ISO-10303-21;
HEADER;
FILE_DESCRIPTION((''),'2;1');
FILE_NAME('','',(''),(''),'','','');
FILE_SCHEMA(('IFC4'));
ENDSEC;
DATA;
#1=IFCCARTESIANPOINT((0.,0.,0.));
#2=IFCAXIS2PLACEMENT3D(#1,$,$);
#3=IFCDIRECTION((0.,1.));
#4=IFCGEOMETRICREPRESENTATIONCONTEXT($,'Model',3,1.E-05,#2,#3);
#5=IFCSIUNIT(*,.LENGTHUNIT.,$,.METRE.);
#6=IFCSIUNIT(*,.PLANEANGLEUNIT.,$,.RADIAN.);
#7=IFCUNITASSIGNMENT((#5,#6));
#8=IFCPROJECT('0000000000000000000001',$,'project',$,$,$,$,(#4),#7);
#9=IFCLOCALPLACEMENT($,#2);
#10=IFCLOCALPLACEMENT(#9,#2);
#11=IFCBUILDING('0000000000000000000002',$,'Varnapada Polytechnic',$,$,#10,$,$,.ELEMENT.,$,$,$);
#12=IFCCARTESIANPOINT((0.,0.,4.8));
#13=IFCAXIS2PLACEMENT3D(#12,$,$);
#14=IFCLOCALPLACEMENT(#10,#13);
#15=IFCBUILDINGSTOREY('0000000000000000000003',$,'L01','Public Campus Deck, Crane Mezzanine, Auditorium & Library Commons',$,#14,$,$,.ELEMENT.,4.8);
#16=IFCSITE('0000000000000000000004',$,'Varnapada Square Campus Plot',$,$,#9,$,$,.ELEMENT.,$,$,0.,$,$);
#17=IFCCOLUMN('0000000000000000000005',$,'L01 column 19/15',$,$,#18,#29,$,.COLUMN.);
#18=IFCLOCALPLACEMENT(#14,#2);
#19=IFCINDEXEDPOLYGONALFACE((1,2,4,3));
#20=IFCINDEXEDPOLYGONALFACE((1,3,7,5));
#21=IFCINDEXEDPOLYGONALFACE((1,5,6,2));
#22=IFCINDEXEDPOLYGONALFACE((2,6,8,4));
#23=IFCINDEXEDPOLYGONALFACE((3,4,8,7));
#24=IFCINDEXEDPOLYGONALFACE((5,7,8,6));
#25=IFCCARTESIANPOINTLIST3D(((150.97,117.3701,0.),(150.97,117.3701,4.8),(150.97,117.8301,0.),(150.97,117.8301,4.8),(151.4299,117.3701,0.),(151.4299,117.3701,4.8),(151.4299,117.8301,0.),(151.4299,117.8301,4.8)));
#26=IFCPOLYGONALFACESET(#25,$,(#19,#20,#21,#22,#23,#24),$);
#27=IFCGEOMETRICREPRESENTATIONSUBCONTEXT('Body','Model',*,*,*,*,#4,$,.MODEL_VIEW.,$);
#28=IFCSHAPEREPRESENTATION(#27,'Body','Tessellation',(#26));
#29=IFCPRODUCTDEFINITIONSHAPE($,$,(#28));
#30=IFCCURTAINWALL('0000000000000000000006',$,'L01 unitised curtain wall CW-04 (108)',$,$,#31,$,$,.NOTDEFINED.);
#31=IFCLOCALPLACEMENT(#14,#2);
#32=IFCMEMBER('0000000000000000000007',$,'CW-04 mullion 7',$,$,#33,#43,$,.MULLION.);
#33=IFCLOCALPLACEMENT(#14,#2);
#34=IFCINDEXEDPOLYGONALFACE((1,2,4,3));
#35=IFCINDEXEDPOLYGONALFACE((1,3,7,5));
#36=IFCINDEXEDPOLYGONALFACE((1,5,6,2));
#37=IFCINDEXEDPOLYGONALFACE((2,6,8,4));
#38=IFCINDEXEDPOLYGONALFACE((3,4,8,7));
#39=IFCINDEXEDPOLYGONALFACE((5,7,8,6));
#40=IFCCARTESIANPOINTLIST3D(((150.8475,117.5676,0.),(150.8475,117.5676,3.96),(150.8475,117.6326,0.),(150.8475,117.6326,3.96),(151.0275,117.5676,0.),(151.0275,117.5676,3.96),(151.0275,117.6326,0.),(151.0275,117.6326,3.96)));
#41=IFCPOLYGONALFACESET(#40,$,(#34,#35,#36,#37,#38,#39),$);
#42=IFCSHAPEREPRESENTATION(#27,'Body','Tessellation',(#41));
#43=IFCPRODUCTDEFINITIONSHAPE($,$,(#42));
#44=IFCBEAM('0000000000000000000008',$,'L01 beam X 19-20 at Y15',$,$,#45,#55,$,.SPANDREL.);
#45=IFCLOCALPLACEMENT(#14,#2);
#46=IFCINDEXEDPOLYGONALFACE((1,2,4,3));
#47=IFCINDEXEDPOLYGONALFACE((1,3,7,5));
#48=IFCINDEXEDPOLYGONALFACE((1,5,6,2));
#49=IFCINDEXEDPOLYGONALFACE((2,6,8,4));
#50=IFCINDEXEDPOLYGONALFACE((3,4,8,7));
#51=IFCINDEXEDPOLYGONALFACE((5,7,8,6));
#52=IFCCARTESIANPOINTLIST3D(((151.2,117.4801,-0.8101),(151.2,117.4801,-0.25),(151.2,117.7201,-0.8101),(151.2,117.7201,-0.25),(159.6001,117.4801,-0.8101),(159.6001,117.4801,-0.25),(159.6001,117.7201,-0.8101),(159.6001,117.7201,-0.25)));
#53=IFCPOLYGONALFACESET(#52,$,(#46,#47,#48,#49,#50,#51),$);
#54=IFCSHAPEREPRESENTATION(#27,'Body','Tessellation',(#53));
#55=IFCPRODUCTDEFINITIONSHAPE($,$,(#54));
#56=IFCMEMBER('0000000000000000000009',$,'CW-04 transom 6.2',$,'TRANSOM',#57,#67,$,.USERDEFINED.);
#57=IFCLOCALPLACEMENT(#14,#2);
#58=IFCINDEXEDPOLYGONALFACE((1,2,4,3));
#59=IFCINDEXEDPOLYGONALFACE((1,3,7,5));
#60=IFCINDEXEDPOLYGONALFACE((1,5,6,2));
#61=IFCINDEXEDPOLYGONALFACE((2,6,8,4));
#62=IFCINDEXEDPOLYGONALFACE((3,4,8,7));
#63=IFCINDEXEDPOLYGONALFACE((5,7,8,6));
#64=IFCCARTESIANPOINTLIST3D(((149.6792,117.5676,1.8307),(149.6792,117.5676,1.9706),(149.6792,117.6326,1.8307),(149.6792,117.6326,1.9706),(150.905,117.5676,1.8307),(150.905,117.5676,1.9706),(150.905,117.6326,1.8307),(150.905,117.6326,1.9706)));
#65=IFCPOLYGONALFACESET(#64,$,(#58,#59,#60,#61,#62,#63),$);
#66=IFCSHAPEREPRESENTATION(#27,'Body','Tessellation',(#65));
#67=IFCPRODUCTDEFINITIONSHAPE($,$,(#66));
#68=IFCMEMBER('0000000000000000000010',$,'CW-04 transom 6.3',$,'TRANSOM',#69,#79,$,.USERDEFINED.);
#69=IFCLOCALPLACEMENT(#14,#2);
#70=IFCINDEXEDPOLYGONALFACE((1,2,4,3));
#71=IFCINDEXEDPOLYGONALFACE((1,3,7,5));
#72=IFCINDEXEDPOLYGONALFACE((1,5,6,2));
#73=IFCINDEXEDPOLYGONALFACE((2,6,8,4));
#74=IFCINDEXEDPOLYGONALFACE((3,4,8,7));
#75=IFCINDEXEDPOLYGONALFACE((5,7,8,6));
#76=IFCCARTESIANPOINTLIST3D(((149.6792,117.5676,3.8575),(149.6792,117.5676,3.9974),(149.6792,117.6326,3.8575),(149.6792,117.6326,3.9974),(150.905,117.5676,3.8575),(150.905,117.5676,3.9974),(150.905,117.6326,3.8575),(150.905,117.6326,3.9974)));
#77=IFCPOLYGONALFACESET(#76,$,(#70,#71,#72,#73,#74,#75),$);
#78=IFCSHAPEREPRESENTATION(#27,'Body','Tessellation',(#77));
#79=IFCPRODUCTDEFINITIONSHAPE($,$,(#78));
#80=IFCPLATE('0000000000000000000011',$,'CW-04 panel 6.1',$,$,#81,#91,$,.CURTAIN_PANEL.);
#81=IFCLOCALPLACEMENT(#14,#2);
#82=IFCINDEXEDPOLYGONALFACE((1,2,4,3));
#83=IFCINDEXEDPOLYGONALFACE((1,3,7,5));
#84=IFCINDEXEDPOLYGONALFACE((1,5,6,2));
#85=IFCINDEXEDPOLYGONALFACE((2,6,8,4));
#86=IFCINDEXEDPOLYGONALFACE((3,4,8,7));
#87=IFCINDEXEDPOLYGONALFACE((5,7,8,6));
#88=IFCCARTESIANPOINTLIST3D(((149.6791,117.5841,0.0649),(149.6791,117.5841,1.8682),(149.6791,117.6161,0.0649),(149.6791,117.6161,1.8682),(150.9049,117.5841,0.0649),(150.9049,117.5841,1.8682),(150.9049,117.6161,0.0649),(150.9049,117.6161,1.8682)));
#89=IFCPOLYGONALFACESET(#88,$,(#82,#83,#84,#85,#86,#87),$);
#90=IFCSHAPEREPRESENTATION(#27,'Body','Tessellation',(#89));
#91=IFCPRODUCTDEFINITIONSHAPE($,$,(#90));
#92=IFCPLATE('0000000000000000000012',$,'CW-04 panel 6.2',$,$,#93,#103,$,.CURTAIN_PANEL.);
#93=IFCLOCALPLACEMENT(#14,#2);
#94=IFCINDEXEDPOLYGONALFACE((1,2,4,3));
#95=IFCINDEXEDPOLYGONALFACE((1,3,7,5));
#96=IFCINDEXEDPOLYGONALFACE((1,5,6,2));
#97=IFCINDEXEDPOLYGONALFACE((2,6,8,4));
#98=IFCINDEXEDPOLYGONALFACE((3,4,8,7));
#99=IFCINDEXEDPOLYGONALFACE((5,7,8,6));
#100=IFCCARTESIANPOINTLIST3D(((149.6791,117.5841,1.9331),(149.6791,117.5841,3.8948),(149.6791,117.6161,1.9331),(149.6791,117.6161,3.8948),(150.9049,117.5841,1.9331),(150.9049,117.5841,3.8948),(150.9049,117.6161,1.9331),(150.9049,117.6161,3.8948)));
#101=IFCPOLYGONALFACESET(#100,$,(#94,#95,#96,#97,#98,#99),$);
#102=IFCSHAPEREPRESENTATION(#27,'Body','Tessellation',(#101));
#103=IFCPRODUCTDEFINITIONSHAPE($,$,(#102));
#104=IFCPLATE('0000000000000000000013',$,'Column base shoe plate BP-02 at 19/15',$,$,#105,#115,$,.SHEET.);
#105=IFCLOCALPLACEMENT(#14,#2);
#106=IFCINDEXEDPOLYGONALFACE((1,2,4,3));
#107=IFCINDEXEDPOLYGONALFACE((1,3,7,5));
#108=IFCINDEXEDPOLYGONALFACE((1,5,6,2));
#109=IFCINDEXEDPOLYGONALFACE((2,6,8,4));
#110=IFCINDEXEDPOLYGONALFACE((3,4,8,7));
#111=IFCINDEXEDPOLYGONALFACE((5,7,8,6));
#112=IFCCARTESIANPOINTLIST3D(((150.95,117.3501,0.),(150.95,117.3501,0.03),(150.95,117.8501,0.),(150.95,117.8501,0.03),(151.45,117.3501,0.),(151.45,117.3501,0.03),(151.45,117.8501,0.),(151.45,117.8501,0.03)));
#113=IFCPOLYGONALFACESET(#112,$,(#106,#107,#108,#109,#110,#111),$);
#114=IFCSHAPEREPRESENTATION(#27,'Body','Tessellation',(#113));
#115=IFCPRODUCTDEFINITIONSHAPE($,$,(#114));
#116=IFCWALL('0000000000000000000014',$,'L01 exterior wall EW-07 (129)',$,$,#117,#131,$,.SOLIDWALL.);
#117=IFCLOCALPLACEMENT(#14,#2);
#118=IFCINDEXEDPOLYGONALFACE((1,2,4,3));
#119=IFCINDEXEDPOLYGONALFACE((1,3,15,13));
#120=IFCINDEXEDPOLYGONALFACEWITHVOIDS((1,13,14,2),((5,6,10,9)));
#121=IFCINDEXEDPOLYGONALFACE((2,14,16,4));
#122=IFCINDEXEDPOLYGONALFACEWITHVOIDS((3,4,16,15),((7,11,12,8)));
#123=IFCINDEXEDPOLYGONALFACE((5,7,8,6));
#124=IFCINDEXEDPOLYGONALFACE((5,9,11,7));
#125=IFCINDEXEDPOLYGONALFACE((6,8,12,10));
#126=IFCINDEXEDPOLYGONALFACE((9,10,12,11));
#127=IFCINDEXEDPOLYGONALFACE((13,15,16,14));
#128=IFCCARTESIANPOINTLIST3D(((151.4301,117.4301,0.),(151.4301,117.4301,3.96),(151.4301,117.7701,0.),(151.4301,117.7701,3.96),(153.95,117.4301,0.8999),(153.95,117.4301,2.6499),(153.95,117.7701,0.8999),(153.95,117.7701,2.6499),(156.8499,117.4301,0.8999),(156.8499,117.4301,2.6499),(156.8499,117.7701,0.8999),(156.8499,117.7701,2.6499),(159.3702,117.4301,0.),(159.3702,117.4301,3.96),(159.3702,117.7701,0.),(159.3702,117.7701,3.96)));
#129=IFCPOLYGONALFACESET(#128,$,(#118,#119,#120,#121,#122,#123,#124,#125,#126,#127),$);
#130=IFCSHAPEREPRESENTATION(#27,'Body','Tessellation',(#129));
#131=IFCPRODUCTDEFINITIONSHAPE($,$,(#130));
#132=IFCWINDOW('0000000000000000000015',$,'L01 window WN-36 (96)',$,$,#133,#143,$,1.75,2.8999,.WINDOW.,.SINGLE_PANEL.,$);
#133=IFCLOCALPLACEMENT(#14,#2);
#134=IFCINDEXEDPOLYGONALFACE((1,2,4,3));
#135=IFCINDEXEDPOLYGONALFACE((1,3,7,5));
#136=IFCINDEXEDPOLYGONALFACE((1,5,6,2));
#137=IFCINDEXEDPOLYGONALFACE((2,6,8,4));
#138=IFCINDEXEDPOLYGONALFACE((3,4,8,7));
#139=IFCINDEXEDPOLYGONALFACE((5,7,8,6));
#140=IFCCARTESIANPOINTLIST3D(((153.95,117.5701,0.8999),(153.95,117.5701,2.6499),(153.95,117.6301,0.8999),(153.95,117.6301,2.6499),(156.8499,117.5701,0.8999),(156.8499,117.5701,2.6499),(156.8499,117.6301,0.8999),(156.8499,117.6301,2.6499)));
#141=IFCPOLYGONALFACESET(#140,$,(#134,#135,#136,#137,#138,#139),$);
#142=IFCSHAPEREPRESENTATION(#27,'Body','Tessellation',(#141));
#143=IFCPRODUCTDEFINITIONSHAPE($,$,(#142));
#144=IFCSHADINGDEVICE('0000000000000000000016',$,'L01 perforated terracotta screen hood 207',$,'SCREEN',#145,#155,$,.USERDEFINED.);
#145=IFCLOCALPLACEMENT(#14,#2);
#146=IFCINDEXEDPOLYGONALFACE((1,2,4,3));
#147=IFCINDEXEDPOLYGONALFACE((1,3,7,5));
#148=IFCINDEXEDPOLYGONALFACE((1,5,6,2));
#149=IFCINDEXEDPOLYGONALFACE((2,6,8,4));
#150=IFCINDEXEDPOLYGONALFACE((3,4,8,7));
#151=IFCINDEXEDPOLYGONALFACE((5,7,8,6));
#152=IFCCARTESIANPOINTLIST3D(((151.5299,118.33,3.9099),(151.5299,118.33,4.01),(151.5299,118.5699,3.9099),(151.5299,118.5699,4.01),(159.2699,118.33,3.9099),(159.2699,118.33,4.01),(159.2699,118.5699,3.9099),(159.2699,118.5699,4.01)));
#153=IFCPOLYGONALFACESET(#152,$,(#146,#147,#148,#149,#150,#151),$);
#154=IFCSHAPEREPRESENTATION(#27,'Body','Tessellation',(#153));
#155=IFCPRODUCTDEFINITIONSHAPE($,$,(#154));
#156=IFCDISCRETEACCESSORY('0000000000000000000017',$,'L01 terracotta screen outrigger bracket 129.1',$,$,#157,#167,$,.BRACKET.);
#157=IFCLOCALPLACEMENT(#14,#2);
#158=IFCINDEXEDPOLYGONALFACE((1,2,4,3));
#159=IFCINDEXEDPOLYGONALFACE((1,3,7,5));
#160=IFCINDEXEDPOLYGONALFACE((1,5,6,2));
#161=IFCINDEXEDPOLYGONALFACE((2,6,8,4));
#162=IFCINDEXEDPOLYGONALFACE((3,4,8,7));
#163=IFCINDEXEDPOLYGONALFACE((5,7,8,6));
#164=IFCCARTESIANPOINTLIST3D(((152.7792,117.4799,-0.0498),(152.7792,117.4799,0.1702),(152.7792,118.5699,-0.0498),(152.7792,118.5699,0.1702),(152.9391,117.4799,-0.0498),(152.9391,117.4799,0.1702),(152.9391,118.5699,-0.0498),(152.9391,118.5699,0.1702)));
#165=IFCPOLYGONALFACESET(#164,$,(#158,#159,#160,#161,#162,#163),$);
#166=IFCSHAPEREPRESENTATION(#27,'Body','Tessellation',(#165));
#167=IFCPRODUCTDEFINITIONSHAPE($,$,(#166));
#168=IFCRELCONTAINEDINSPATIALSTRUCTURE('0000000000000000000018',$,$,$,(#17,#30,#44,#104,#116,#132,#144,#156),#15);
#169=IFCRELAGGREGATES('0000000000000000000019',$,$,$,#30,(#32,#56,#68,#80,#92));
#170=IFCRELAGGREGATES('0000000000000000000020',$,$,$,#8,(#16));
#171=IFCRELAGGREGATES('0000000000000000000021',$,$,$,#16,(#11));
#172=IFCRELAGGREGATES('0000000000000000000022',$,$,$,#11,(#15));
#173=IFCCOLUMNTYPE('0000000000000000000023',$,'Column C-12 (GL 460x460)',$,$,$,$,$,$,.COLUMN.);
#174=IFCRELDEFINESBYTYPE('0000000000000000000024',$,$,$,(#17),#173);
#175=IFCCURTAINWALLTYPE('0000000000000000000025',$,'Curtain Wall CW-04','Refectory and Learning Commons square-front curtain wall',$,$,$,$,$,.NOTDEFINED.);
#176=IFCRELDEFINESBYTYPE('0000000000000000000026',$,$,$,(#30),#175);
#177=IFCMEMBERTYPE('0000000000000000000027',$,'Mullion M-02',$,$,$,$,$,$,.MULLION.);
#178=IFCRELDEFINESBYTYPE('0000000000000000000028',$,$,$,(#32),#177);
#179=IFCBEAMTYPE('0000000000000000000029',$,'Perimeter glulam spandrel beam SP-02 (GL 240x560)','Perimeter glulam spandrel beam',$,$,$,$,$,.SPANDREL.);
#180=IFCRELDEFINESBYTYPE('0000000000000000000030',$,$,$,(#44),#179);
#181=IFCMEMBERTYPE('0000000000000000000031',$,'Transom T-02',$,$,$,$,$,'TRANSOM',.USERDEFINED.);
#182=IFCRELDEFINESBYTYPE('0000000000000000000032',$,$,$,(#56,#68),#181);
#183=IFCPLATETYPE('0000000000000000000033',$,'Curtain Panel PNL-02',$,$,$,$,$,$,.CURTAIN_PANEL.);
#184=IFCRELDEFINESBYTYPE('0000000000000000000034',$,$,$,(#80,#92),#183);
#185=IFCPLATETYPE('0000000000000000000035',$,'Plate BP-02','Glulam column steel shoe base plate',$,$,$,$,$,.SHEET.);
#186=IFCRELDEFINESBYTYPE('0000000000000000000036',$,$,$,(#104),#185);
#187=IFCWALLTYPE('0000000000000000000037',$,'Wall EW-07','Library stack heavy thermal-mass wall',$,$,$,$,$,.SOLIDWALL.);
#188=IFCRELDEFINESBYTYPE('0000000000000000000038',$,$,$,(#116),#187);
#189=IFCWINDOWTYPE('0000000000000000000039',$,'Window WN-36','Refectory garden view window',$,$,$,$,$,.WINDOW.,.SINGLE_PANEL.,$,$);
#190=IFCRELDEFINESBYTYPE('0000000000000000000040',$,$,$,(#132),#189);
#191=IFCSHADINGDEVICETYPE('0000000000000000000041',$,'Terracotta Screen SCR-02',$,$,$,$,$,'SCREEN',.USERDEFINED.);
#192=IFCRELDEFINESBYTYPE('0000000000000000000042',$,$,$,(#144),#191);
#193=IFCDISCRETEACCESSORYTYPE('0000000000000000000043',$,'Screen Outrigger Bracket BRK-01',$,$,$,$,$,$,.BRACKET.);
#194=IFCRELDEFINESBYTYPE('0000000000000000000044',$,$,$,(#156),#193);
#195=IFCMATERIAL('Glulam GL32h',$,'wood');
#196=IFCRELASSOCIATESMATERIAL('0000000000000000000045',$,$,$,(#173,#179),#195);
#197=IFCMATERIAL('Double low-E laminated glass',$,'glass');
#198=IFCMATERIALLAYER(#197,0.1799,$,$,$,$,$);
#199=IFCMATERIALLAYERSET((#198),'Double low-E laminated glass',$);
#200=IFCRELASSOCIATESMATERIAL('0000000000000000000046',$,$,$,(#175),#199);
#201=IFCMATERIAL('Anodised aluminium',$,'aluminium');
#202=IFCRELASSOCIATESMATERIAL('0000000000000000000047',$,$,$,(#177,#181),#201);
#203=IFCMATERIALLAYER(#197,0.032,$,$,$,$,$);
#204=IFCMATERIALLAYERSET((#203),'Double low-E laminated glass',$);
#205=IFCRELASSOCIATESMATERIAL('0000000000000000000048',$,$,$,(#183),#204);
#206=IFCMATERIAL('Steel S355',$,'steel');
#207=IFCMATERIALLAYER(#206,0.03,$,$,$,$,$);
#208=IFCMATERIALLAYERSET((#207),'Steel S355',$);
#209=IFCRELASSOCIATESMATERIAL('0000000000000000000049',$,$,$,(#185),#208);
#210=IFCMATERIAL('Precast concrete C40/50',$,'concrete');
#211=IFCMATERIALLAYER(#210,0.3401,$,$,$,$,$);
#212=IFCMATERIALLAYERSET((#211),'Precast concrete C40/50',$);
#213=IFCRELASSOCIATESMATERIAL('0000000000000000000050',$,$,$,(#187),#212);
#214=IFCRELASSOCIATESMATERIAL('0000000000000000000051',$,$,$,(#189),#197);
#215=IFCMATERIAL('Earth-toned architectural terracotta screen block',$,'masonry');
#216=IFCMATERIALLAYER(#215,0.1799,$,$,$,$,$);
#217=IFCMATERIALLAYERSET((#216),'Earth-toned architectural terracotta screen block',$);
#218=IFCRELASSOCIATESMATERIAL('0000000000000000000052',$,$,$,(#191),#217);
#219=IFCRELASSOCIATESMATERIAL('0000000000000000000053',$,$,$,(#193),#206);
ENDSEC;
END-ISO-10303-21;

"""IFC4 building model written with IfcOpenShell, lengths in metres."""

from ifc_helpers import new_model, si_unit, direction, frame, frame_2d, origin, origin_2d, place, context, subcontext, project, spatial, rectangle, extrude, material, layer, layer_set, material_profile, profile_set, type_object, element, fill, aggregate, save


model = new_model("IFC4")

# Units and contexts
model_context = context("Model", 3, precision=1e-05, world=origin(), true_north=direction((0.0, 1.0)))
body_context = subcontext(model_context, "Body", "Model", "MODEL_VIEW")
ifc_project = project(units=[si_unit("LENGTHUNIT", "METRE"), si_unit("PLANEANGLEUNIT", "RADIAN")], contexts=[model_context])

# Site, building, storey
site_placement = place(None, origin())
site = spatial("IfcSite", under=ifc_project, at=site_placement, Name="Varnapada Square Campus Plot", CompositionType="ELEMENT", RefElevation=0.0)
building_placement = place(site_placement, origin())
building = spatial("IfcBuilding", under=site, at=building_placement, Name="Varnapada Polytechnic", CompositionType="ELEMENT")
storey_placement = place(building_placement, frame((0.0, 0.0, 4.8)))
storey = spatial("IfcBuildingStorey", under=building, at=storey_placement, Name="L01", Description="Public Campus Deck, Crane Mezzanine, Auditorium & Library Commons", CompositionType="ELEMENT", Elevation=4.8)

# Column
ifc_material_1 = material(Name="Glulam GL32h", Category="wood")
ifc_material_profile_1 = material_profile(ifc_material_1, rectangle(XDim=0.46, YDim=0.46, at=origin_2d()), Name="GL 460x460")
ifc_profile_set_1 = profile_set([ifc_material_profile_1], Name="Glulam GL32h")
column_type = type_object("IfcColumnType", Name="Column C-12 (GL 460x460)", PredefinedType="COLUMN", material=ifc_profile_set_1)
column_placement = place(storey_placement, frame((151.2, 117.6001, 0.0), z_axis=(0.0, 0.0, 1.0), x_axis=(1.0, 0.0, 0.0)))
element("IfcColumn", 1, at=column_placement, inside=storey, type_object=column_type, Name="L01 column 19/15", PredefinedType="COLUMN", context=body_context, shape_type="SweptSolid", body=[
    extrude(rectangle(XDim=0.46, YDim=0.46, at=origin_2d()), origin(), (0.0, 0.0, 1.0), 4.8),
])

# Curtain wall, member
ifc_material_2 = material(Name="Double low-E laminated glass", Category="glass")
ifc_layer_1 = layer(ifc_material_2, 0.1799)
ifc_layer_set_1 = layer_set([ifc_layer_1], Name="Double low-E laminated glass")
curtain_wall_type = type_object("IfcCurtainWallType", Name="Curtain Wall CW-04", Description="Refectory and Learning Commons square-front curtain wall", PredefinedType="NOTDEFINED", material=ifc_layer_set_1)
curtain_wall_placement = place(storey_placement, origin())
curtain_wall = element("IfcCurtainWall", 2, at=curtain_wall_placement, inside=storey, type_object=curtain_wall_type, Name="L01 unitised curtain wall CW-04 (108)", PredefinedType="NOTDEFINED")
ifc_material_3 = material(Name="Anodised aluminium", Category="aluminium")
ifc_material_profile_2 = material_profile(ifc_material_3, rectangle(XDim=0.0649, YDim=0.1799, at=origin_2d()), Name="ALU M65x180")
ifc_profile_set_2 = profile_set([ifc_material_profile_2], Name="Anodised aluminium")
member_type_1 = type_object("IfcMemberType", Name="Mullion M-02", PredefinedType="MULLION", material=ifc_profile_set_2)
member_1_placement = place(storey_placement, frame((150.9375, 117.6001, 0.0), z_axis=(0.0, 0.0, 1.0), x_axis=(0.0, 1.0, 0.0)))
member_1 = element("IfcMember", 3, at=member_1_placement, type_object=member_type_1, Name="CW-04 mullion 7", PredefinedType="MULLION", context=body_context, shape_type="SweptSolid", body=[
    extrude(rectangle(XDim=0.0649, YDim=0.1799, at=origin_2d()), origin(), (0.0, 0.0, 1.0), 3.96),
])

# Beam
ifc_material_profile_3 = material_profile(ifc_material_1, rectangle(XDim=0.24, YDim=0.5601, at=origin_2d()), Name="GL 240x560")
ifc_profile_set_3 = profile_set([ifc_material_profile_3], Name="Glulam GL32h")
beam_type = type_object("IfcBeamType", Name="Perimeter glulam spandrel beam SP-02 (GL 240x560)", Description="Perimeter glulam spandrel beam", PredefinedType="SPANDREL", material=ifc_profile_set_3)
beam_placement = place(storey_placement, frame((151.2, 117.6001, -0.53), z_axis=(1.0, 0.0, 0.0), x_axis=(0.0, 1.0, 0.0)))
element("IfcBeam", 4, at=beam_placement, inside=storey, type_object=beam_type, Name="L01 beam X 19-20 at Y15", PredefinedType="SPANDREL", context=body_context, shape_type="SweptSolid", body=[
    extrude(rectangle(XDim=0.24, YDim=0.5601, at=origin_2d()), origin(), (0.0, 0.0, 1.0), 8.4001),
])

# Members
ifc_material_profile_4 = material_profile(ifc_material_3, rectangle(XDim=0.0649, YDim=0.1399, at=origin_2d()), Name="ALU T65x140")
ifc_profile_set_4 = profile_set([ifc_material_profile_4], Name="Anodised aluminium")
member_type_2 = type_object("IfcMemberType", Name="Transom T-02", ElementType="TRANSOM", PredefinedType="USERDEFINED", material=ifc_profile_set_4)
member_2_placement = place(storey_placement, frame((149.6792, 117.6001, 1.9006), z_axis=(1.0, 0.0, 0.0), x_axis=(0.0, 1.0, 0.0)))
member_2 = element("IfcMember", 5, at=member_2_placement, type_object=member_type_2, Name="CW-04 transom 6.2", ObjectType="TRANSOM", PredefinedType="USERDEFINED", context=body_context, shape_type="SweptSolid", body=[
    extrude(rectangle(XDim=0.0649, YDim=0.1399, at=origin_2d()), origin(), (0.0, 0.0, 1.0), 1.2258),
])
member_3_placement = place(storey_placement, frame((149.6792, 117.6001, 3.9275), z_axis=(1.0, 0.0, 0.0), x_axis=(0.0, 1.0, 0.0)))
member_3 = element("IfcMember", 6, at=member_3_placement, type_object=member_type_2, Name="CW-04 transom 6.3", ObjectType="TRANSOM", PredefinedType="USERDEFINED", context=body_context, shape_type="SweptSolid", body=[
    extrude(rectangle(XDim=0.0649, YDim=0.1399, at=origin_2d()), origin(), (0.0, 0.0, 1.0), 1.2258),
])

# Plates
ifc_layer_2 = layer(ifc_material_2, 0.032)
ifc_layer_set_2 = layer_set([ifc_layer_2], Name="Double low-E laminated glass")
plate_type_1 = type_object("IfcPlateType", Name="Curtain Panel PNL-02", PredefinedType="CURTAIN_PANEL", material=ifc_layer_set_2)
plate_1_placement = place(storey_placement, frame((150.292, 117.6001, 0.0649), z_axis=(0.0, 0.0, 1.0), x_axis=(1.0, 0.0, 0.0)))
plate_1 = element("IfcPlate", 7, at=plate_1_placement, type_object=plate_type_1, Name="CW-04 panel 6.1", PredefinedType="CURTAIN_PANEL", context=body_context, shape_type="SweptSolid", body=[
    extrude(rectangle(XDim=1.2258, YDim=0.032, at=origin_2d()), origin(), (0.0, 0.0, 1.0), 1.8032),
])
plate_2_placement = place(storey_placement, frame((150.292, 117.6001, 1.9331), z_axis=(0.0, 0.0, 1.0), x_axis=(1.0, 0.0, 0.0)))
plate_2 = element("IfcPlate", 8, at=plate_2_placement, type_object=plate_type_1, Name="CW-04 panel 6.2", PredefinedType="CURTAIN_PANEL", context=body_context, shape_type="SweptSolid", body=[
    extrude(rectangle(XDim=1.2258, YDim=0.032, at=origin_2d()), origin(), (0.0, 0.0, 1.0), 1.9617),
])
aggregate(curtain_wall, [member_1, member_2, member_3, plate_1, plate_2])
ifc_material_4 = material(Name="Steel S355", Category="steel")
ifc_layer_3 = layer(ifc_material_4, 0.03)
ifc_layer_set_3 = layer_set([ifc_layer_3], Name="Steel S355")
plate_type_2 = type_object("IfcPlateType", Name="Plate BP-02", Description="Glulam column steel shoe base plate", PredefinedType="SHEET", material=ifc_layer_set_3)
plate_3_placement = place(storey_placement, frame((151.2, 117.6001, 0.0), z_axis=(0.0, 0.0, 1.0), x_axis=(1.0, 0.0, 0.0)))
element("IfcPlate", 9, at=plate_3_placement, inside=storey, type_object=plate_type_2, Name="Column base shoe plate BP-02 at 19/15", PredefinedType="SHEET", context=body_context, shape_type="SweptSolid", body=[
    extrude(rectangle(XDim=0.5, YDim=0.5, at=origin_2d()), origin(), (0.0, 0.0, 1.0), 0.03),
])

# Wall, opening, window
ifc_material_5 = material(Name="Precast concrete C40/50", Category="concrete")
ifc_layer_4 = layer(ifc_material_5, 0.3401)
ifc_layer_set_4 = layer_set([ifc_layer_4], Name="Precast concrete C40/50")
wall_type = type_object("IfcWallType", Name="Wall EW-07", Description="Library stack heavy thermal-mass wall", PredefinedType="SOLIDWALL", material=ifc_layer_set_4)
wall_placement = place(storey_placement, frame((151.4299, 117.6001, 0.0), z_axis=(0.0, 0.0, 1.0), x_axis=(1.0, 0.0, 0.0)))
wall = element("IfcWall", 10, at=wall_placement, inside=storey, type_object=wall_type, Name="L01 exterior wall EW-07 (129)", PredefinedType="SOLIDWALL", context=body_context, shape_type="SweptSolid", body=[
    extrude(rectangle(XDim=7.9402, YDim=0.3401, at=frame_2d((3.9702, 0.0))), origin(), (0.0, 0.0, 1.0), 3.96),
])
opening_1_placement = place(wall_placement, frame((2.52, 0.0, 0.8999)))
opening_1 = element("IfcOpeningElement", 11, at=opening_1_placement, cuts=wall, PredefinedType="OPENING", context=body_context, shape_type="SweptSolid", body=[
    extrude(rectangle(XDim=2.8999, YDim=1.75, at=frame_2d((1.45, 0.875))), frame((0.0, 0.1799, 0.0), z_axis=(0.0, -1.0, 0.0), x_axis=(1.0, 0.0, 0.0)), (0.0, 0.0, 1.0), 0.3601),
])
window_type = type_object("IfcWindowType", Name="Window WN-36", Description="Refectory garden view window", PartitioningType="SINGLE_PANEL", PredefinedType="WINDOW", material=ifc_material_2)
window_placement = place(opening_1_placement, origin())
window = element("IfcWindow", 12, at=window_placement, inside=storey, type_object=window_type, Name="L01 window WN-36 (96)", OverallHeight=1.75, OverallWidth=2.8999, PartitioningType="SINGLE_PANEL", PredefinedType="WINDOW", context=body_context, shape_type="SweptSolid", body=[
    extrude(rectangle(XDim=2.8999, YDim=1.75, at=frame_2d((1.45, 0.875))), frame((0.0, 0.03, 0.0), z_axis=(0.0, -1.0, 0.0), x_axis=(1.0, 0.0, 0.0)), (0.0, 0.0, 1.0), 0.0601),
])
fill(opening_1, window)

# Shared definitions
ifc_material_6 = material(Name="Earth-toned architectural terracotta screen block", Category="masonry")

# Shading device
ifc_layer_5 = layer(ifc_material_6, 0.1799)
ifc_layer_set_5 = layer_set([ifc_layer_5], Name="Earth-toned architectural terracotta screen block")
shading_device_type = type_object("IfcShadingDeviceType", Name="Terracotta Screen SCR-02", ElementType="SCREEN", PredefinedType="USERDEFINED", material=ifc_layer_set_5)
shading_device_placement = place(storey_placement, frame((155.3999, 118.45, 3.9099), z_axis=(0.0, 0.0, 1.0), x_axis=(1.0, 0.0, 0.0)))
element("IfcShadingDevice", 13, at=shading_device_placement, inside=storey, type_object=shading_device_type, Name="L01 perforated terracotta screen hood 207", ObjectType="SCREEN", PredefinedType="USERDEFINED", context=body_context, shape_type="SweptSolid", body=[
    extrude(rectangle(XDim=7.74, YDim=0.24, at=origin_2d()), origin(), (0.0, 0.0, 1.0), 0.1001),
])

# Discrete accessory
discrete_accessory_type = type_object("IfcDiscreteAccessoryType", Name="Screen Outrigger Bracket BRK-01", PredefinedType="BRACKET", material=ifc_material_4)
for number, where, z_axis, x_axis, name in (
    (14, (152.8591, 118.0249, -0.0498), (0.0, 0.0, 1.0), (1.0, 0.0, 0.0), "L01 terracotta screen outrigger bracket 129.1"),
):
    element("IfcDiscreteAccessory", number, at=place(storey_placement, frame(where, z_axis=z_axis, x_axis=x_axis)), inside=storey, type_object=discrete_accessory_type, Name=name, PredefinedType="BRACKET", context=body_context, shape_type="SweptSolid", body=[
        extrude(rectangle(XDim=0.1599, YDim=1.0901, at=origin_2d()), origin(), (0.0, 0.0, 1.0), 0.22),
    ])

save(model, "model.ifc")
